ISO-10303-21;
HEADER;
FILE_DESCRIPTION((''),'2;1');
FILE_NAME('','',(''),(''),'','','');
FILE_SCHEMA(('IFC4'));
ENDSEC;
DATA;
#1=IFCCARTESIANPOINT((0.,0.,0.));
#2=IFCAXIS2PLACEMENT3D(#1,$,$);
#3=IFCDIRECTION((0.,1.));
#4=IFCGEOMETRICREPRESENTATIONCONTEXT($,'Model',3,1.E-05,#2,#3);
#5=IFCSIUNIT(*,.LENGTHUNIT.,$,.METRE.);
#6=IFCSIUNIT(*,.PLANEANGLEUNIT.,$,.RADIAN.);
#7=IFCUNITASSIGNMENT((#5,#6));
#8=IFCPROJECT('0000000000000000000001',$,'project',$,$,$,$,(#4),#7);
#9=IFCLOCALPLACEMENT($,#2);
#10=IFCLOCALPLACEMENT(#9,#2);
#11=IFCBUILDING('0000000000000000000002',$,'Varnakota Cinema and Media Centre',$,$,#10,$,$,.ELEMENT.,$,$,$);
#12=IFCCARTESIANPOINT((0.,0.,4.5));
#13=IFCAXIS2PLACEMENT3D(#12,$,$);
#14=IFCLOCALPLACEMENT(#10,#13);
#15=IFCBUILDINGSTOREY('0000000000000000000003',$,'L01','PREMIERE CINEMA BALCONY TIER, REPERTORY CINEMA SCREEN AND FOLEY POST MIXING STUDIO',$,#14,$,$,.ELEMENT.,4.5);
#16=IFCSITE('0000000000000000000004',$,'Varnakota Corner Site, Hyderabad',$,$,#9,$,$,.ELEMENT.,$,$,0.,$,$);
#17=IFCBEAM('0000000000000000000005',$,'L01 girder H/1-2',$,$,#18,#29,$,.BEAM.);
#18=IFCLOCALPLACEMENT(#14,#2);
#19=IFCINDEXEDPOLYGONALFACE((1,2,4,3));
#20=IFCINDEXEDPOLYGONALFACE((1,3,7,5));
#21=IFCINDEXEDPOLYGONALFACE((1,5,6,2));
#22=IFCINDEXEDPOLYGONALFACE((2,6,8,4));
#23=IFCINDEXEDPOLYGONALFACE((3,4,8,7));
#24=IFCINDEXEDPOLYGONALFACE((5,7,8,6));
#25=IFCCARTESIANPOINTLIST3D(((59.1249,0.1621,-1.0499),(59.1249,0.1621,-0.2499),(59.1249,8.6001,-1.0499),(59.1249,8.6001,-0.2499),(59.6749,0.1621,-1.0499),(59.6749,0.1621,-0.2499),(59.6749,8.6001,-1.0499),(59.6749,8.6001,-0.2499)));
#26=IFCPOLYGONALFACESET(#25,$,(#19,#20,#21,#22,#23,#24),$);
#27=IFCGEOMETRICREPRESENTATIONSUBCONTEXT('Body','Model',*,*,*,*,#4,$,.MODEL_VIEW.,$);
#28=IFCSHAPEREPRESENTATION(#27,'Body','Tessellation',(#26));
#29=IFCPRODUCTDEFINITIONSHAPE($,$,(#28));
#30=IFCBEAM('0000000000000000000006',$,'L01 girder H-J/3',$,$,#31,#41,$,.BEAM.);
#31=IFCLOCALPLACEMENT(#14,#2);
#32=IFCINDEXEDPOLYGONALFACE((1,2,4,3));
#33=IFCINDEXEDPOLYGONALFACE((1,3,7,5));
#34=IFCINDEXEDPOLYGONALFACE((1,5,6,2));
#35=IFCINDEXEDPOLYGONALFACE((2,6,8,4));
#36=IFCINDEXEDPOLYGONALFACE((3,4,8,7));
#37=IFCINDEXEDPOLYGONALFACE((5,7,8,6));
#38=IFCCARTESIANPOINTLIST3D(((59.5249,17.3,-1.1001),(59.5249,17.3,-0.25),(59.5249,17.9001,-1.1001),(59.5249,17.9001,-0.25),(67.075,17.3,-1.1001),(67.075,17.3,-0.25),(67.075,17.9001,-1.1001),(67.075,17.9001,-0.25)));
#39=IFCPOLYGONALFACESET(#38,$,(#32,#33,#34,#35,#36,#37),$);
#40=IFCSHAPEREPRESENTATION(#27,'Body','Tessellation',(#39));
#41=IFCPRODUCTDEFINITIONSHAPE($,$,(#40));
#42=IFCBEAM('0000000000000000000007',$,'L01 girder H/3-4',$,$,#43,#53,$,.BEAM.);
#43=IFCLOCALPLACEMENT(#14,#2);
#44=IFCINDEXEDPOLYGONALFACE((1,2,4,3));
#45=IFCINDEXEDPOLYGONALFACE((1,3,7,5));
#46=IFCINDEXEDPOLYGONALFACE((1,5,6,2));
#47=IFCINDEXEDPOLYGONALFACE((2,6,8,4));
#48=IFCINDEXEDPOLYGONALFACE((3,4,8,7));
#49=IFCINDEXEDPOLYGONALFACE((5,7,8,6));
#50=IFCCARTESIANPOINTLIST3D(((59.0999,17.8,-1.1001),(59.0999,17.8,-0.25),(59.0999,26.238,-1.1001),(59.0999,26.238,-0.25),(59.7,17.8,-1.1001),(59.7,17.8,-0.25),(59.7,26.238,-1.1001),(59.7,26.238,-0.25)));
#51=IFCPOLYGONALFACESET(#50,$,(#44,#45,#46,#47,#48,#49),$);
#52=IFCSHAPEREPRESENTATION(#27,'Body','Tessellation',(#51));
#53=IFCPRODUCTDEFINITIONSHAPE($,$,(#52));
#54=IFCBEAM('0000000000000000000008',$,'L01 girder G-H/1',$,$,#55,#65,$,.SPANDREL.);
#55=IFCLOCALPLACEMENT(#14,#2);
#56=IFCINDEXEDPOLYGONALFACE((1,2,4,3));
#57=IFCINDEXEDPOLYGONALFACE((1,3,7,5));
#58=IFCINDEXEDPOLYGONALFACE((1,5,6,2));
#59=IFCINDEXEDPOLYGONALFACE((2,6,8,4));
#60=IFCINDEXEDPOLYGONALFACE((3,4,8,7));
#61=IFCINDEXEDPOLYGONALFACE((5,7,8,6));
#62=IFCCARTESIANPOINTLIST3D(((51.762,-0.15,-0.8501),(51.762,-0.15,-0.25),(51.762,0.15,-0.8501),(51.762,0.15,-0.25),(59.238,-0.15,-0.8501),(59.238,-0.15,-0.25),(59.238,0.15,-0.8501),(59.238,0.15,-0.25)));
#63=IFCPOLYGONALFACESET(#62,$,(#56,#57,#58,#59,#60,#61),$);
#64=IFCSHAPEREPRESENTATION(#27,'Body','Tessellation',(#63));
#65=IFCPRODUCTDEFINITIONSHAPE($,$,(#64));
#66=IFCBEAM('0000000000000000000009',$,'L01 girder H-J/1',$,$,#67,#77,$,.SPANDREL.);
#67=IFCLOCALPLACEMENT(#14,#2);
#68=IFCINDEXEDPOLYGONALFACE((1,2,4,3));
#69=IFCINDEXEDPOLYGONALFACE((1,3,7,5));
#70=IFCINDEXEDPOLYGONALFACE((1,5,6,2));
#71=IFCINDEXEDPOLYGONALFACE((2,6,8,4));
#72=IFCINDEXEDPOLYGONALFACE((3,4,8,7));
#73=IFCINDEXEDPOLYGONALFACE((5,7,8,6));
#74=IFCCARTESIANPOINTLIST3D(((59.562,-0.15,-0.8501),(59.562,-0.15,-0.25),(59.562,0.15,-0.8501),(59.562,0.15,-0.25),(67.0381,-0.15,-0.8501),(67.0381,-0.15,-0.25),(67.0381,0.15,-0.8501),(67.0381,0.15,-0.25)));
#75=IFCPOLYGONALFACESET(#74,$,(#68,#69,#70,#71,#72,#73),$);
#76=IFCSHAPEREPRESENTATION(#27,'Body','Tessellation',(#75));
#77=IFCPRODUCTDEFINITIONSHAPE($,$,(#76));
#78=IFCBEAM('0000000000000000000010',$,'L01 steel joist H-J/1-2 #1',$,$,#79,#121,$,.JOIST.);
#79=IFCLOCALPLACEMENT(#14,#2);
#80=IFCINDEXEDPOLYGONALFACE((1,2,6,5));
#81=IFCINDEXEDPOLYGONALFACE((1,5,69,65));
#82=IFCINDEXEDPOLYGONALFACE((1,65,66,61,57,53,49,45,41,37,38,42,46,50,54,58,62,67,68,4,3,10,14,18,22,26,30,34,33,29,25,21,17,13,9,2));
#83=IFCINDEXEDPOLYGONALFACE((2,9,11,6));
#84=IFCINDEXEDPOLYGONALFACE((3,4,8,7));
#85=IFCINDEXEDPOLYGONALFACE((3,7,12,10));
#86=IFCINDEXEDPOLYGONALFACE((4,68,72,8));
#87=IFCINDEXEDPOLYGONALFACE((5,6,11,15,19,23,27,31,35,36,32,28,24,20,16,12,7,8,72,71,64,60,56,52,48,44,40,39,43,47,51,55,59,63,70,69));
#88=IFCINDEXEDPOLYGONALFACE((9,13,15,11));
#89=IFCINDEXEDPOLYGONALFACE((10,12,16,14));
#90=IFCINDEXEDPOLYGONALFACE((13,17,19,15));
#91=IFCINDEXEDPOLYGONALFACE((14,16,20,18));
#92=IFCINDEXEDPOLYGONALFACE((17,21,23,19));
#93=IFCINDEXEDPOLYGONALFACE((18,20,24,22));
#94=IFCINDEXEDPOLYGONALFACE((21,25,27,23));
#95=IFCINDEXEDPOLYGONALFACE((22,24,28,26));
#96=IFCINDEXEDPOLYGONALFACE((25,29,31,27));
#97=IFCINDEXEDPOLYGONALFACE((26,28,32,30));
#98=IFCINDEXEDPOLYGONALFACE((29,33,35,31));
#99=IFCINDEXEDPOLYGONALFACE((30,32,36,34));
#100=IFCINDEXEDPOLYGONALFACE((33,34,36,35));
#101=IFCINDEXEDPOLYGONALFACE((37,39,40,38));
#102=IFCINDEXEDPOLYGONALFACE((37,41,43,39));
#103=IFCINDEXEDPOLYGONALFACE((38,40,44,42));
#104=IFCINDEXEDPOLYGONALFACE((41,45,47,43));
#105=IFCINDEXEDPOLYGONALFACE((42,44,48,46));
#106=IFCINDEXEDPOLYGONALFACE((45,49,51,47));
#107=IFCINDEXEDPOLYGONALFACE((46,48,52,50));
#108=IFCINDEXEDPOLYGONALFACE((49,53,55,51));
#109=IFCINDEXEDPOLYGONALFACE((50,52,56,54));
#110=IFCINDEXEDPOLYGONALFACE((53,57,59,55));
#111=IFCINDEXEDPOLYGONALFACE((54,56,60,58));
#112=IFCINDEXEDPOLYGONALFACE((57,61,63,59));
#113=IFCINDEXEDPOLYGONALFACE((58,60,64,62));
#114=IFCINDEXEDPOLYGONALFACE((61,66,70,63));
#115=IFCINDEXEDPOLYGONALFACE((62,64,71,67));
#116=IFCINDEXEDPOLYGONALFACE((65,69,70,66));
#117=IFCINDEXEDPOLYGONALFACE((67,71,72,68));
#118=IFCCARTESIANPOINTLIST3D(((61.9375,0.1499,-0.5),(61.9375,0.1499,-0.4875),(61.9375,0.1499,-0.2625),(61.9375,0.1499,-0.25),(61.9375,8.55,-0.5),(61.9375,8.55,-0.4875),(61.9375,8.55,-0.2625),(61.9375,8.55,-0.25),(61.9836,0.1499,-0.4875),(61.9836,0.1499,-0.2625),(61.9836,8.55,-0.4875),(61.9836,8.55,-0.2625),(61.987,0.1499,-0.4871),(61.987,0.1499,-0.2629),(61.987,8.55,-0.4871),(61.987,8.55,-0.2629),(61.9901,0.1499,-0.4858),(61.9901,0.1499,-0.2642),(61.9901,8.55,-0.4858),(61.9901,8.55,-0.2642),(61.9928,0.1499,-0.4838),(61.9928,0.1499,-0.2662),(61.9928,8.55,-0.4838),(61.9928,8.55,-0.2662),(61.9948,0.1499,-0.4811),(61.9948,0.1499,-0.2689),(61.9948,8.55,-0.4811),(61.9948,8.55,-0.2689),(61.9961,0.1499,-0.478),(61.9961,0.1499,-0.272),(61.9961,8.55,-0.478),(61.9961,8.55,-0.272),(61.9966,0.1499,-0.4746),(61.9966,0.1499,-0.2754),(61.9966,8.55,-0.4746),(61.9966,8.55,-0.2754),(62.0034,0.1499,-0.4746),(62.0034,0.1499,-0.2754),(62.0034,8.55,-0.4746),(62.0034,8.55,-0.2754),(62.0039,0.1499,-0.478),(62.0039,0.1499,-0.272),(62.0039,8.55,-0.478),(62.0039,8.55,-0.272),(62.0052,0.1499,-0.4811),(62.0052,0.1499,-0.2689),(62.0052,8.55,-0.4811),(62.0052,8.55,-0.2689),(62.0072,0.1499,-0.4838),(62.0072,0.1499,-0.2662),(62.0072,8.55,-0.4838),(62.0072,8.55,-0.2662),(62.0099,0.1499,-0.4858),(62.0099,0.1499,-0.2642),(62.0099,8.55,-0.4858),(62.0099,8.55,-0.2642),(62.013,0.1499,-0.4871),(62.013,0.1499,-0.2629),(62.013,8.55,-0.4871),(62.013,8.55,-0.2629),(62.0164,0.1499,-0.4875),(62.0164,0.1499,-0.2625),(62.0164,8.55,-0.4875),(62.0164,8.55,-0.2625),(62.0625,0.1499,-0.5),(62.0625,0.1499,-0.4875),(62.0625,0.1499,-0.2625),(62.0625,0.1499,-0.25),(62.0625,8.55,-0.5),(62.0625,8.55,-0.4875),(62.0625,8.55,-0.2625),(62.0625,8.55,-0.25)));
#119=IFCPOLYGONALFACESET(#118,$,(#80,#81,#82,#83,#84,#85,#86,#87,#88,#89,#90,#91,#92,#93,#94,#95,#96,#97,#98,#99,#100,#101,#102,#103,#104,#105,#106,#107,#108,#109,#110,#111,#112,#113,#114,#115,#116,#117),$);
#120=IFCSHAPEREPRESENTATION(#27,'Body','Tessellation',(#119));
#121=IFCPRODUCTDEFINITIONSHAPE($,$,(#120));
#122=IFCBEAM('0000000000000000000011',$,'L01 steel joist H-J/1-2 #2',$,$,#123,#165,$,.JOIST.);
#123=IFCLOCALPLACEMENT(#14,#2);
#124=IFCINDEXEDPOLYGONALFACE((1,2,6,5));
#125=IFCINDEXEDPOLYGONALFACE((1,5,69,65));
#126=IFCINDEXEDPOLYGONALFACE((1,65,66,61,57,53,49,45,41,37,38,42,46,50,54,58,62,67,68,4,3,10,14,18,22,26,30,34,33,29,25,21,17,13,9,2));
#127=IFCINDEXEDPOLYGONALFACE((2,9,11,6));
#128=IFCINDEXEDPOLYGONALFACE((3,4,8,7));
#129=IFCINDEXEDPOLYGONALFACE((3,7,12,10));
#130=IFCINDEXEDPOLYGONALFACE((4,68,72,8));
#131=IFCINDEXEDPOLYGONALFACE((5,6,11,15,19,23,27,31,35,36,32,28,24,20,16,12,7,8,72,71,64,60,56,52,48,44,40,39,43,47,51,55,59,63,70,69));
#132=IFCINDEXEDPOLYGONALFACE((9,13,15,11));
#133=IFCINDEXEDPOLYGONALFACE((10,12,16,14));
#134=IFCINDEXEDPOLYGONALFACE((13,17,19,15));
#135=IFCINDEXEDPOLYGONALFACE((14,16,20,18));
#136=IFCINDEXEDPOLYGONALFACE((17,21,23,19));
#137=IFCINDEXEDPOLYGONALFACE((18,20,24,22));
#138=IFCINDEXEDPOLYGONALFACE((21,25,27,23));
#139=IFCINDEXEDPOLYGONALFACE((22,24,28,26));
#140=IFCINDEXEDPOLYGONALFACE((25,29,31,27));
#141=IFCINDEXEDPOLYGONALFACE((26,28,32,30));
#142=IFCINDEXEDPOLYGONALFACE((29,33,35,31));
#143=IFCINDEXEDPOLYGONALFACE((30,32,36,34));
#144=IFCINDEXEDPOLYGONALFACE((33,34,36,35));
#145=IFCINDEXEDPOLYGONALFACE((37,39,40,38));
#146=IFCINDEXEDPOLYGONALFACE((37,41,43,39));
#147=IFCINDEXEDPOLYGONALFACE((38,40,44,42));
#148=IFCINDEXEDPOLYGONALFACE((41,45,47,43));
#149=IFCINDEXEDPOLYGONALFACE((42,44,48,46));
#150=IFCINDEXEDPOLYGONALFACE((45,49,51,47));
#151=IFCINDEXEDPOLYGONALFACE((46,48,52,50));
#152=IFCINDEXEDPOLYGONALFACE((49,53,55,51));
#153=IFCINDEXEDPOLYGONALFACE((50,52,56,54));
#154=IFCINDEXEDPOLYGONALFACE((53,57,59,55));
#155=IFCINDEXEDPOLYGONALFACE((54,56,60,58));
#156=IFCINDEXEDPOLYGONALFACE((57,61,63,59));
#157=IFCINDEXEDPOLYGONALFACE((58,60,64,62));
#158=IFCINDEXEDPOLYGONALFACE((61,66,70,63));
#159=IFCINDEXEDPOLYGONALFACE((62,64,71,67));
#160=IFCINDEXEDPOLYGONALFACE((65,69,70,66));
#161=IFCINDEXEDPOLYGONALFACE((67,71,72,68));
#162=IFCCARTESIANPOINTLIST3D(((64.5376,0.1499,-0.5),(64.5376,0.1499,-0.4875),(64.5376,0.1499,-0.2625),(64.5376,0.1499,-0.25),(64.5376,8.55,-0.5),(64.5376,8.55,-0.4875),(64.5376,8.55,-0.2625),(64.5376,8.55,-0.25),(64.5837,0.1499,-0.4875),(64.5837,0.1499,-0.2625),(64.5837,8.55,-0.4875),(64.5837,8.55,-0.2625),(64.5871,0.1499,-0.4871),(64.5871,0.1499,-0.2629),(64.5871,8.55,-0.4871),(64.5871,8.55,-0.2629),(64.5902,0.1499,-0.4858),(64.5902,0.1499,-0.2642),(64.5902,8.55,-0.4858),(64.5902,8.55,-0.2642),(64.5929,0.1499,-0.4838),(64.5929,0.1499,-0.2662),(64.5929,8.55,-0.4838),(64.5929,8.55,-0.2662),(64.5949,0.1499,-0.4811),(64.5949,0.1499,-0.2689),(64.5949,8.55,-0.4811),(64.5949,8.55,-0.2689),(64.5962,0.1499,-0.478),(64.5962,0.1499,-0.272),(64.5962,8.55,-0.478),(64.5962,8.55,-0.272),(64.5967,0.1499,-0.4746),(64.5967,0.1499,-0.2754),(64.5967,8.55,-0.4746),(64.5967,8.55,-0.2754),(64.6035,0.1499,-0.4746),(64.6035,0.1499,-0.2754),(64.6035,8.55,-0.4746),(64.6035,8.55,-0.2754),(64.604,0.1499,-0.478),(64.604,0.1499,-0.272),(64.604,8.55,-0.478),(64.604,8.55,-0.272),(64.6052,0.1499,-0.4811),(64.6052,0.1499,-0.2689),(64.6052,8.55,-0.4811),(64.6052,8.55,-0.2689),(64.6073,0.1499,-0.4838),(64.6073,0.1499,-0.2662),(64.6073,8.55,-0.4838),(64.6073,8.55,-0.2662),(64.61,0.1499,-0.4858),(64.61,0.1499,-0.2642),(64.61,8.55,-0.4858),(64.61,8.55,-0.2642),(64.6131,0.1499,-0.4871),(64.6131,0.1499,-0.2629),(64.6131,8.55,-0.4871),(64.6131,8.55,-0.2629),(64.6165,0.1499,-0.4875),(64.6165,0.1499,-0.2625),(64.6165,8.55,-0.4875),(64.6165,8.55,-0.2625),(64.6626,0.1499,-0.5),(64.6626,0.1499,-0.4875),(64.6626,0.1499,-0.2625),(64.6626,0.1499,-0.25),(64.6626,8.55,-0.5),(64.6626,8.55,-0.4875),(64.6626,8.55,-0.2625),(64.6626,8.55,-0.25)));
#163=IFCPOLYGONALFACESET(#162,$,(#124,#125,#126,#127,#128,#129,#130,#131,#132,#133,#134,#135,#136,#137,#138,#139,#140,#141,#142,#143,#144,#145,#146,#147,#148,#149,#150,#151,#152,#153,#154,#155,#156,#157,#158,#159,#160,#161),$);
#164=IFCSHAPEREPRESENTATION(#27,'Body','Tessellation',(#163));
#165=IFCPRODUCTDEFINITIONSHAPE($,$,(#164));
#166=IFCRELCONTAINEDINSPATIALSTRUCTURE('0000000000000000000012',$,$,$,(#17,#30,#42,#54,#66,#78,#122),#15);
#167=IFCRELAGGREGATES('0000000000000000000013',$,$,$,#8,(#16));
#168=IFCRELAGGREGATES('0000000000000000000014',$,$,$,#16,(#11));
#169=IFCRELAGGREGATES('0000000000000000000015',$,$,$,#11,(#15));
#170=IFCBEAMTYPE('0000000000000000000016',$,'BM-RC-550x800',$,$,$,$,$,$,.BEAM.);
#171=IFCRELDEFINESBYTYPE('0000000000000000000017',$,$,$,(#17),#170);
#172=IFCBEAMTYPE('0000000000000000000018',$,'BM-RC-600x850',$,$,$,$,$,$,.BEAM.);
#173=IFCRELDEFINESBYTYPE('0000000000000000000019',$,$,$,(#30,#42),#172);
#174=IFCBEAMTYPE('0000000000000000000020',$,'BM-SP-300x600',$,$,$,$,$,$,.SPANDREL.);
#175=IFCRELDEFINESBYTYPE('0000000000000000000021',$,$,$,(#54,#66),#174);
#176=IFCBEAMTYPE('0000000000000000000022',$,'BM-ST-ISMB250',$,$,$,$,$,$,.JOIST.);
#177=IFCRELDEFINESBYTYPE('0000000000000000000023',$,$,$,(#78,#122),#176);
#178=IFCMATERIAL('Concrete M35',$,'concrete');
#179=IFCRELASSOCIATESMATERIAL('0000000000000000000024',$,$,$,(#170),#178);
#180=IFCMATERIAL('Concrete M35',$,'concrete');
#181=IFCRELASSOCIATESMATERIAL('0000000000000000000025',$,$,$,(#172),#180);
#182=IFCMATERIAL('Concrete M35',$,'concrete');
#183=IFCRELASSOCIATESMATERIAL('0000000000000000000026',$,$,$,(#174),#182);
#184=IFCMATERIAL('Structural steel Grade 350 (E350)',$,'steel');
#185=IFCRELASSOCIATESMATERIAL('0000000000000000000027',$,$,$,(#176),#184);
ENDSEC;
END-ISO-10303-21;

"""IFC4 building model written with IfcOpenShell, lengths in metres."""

from ifc_helpers import new_model, si_unit, direction, frame, origin, origin_2d, place, context, subcontext, project, spatial, rectangle, i_section, extrude, material, material_profile, profile_set, type_object, element, save


model = new_model("IFC4")

# Units and contexts
model_context = context("Model", 3, precision=1e-05, world=origin(), true_north=direction((0.0, 1.0)))
body_context = subcontext(model_context, "Body", "Model", "MODEL_VIEW")
ifc_project = project(units=[si_unit("LENGTHUNIT", "METRE"), si_unit("PLANEANGLEUNIT", "RADIAN")], contexts=[model_context])

# Site, building, storey
site_placement = place(None, origin())
site = spatial("IfcSite", under=ifc_project, at=site_placement, Name="Varnakota Corner Site, Hyderabad", CompositionType="ELEMENT", RefElevation=0.0)
building_placement = place(site_placement, origin())
building = spatial("IfcBuilding", under=site, at=building_placement, Name="Varnakota Cinema and Media Centre", CompositionType="ELEMENT")
storey_placement = place(building_placement, frame((0.0, 0.0, 4.5)))
storey = spatial("IfcBuildingStorey", under=building, at=storey_placement, Name="L01", Description="PREMIERE CINEMA BALCONY TIER, REPERTORY CINEMA SCREEN AND FOLEY POST MIXING STUDIO", CompositionType="ELEMENT", Elevation=4.5)

# Beams
ifc_material_1 = material(Name="Concrete M35", Category="concrete")
ifc_material_profile_1 = material_profile(ifc_material_1, rectangle(XDim=0.55, YDim=0.8, at=origin_2d()), Name="RCB 550x800")
ifc_profile_set_1 = profile_set([ifc_material_profile_1], Name="Concrete M35")
beam_type_1 = type_object("IfcBeamType", Name="BM-RC-550x800", PredefinedType="BEAM", material=ifc_profile_set_1)
beam_1_placement = place(storey_placement, frame((59.3999, 0.1621, -0.6499), z_axis=(0.0, 1.0, 0.0), x_axis=(-1.0, 0.0, 0.0)))
element("IfcBeam", 1, at=beam_1_placement, inside=storey, type_object=beam_type_1, Name="L01 girder H/1-2", PredefinedType="BEAM", context=body_context, shape_type="SweptSolid", body=[
    extrude(rectangle(XDim=0.55, YDim=0.8, at=origin_2d()), origin(), (0.0, 0.0, 1.0), 8.438),
])
ifc_material_2 = material(Name="Concrete M35", Category="concrete")
ifc_material_profile_2 = material_profile(ifc_material_2, rectangle(XDim=0.6001, YDim=0.8501, at=origin_2d()), Name="RCB 600x850")
ifc_profile_set_2 = profile_set([ifc_material_profile_2], Name="Concrete M35")
beam_type_2 = type_object("IfcBeamType", Name="BM-RC-600x850", PredefinedType="BEAM", material=ifc_profile_set_2)
beam_2_placement = place(storey_placement, frame((59.5249, 17.6001, -0.675), z_axis=(1.0, 0.0, 0.0), x_axis=(0.0, 1.0, 0.0)))
element("IfcBeam", 2, at=beam_2_placement, inside=storey, type_object=beam_type_2, Name="L01 girder H-J/3", PredefinedType="BEAM", context=body_context, shape_type="SweptSolid", body=[
    extrude(rectangle(XDim=0.6001, YDim=0.8501, at=origin_2d()), origin(), (0.0, 0.0, 1.0), 7.55),
])
beam_3_placement = place(storey_placement, frame((59.3999, 17.8, -0.675), z_axis=(0.0, 1.0, 0.0), x_axis=(-1.0, 0.0, 0.0)))
element("IfcBeam", 3, at=beam_3_placement, inside=storey, type_object=beam_type_2, Name="L01 girder H/3-4", PredefinedType="BEAM", context=body_context, shape_type="SweptSolid", body=[
    extrude(rectangle(XDim=0.6001, YDim=0.8501, at=origin_2d()), origin(), (0.0, 0.0, 1.0), 8.438),
])
ifc_material_3 = material(Name="Concrete M35", Category="concrete")
ifc_material_profile_3 = material_profile(ifc_material_3, rectangle(XDim=0.3, YDim=0.6001, at=origin_2d()), Name="RCB 300x600")
ifc_profile_set_3 = profile_set([ifc_material_profile_3], Name="Concrete M35")
beam_type_3 = type_object("IfcBeamType", Name="BM-SP-300x600", PredefinedType="SPANDREL", material=ifc_profile_set_3)
for number, where, z_axis, x_axis, name in (
    (4, (51.762, 0.0, -0.55), (1.0, 0.0, 0.0), (0.0, 1.0, 0.0), "L01 girder G-H/1"),
    (5, (59.562, 0.0, -0.55), (1.0, 0.0, 0.0), (0.0, 1.0, 0.0), "L01 girder H-J/1"),
):
    element("IfcBeam", number, at=place(storey_placement, frame(where, z_axis=z_axis, x_axis=x_axis)), inside=storey, type_object=beam_type_3, Name=name, PredefinedType="SPANDREL", context=body_context, shape_type="SweptSolid", body=[
        extrude(rectangle(XDim=0.3, YDim=0.6001, at=origin_2d()), origin(), (0.0, 0.0, 1.0), 7.4761),
    ])
ifc_material_4 = material(Name="Structural steel Grade 350 (E350)", Category="steel")
ifc_material_profile_4 = material_profile(ifc_material_4, i_section(OverallWidth=0.125, OverallDepth=0.25, WebThickness=0.0068, FlangeThickness=0.0125, FilletRadius=0.0129, at=origin_2d()), Name="ISMB 250")
ifc_profile_set_4 = profile_set([ifc_material_profile_4], Name="Structural steel Grade 350 (E350)")
beam_type_4 = type_object("IfcBeamType", Name="BM-ST-ISMB250", PredefinedType="JOIST", material=ifc_profile_set_4)
for number, where, z_axis, x_axis, name in (
    (6, (62.0, 0.1499, -0.375), (0.0, 1.0, 0.0), (-1.0, 0.0, 0.0), "L01 steel joist H-J/1-2 #1"),
    (7, (64.6001, 0.1499, -0.375), (0.0, 1.0, 0.0), (-1.0, 0.0, 0.0), "L01 steel joist H-J/1-2 #2"),
):
    element("IfcBeam", number, at=place(storey_placement, frame(where, z_axis=z_axis, x_axis=x_axis)), inside=storey, type_object=beam_type_4, Name=name, PredefinedType="JOIST", context=body_context, shape_type="SweptSolid", body=[
        extrude(i_section(OverallWidth=0.125, OverallDepth=0.25, WebThickness=0.0068, FlangeThickness=0.0125, FilletRadius=0.0129, at=origin_2d()), origin(), (0.0, 0.0, 1.0), 8.4001),
    ])

save(model, "model.ifc")
